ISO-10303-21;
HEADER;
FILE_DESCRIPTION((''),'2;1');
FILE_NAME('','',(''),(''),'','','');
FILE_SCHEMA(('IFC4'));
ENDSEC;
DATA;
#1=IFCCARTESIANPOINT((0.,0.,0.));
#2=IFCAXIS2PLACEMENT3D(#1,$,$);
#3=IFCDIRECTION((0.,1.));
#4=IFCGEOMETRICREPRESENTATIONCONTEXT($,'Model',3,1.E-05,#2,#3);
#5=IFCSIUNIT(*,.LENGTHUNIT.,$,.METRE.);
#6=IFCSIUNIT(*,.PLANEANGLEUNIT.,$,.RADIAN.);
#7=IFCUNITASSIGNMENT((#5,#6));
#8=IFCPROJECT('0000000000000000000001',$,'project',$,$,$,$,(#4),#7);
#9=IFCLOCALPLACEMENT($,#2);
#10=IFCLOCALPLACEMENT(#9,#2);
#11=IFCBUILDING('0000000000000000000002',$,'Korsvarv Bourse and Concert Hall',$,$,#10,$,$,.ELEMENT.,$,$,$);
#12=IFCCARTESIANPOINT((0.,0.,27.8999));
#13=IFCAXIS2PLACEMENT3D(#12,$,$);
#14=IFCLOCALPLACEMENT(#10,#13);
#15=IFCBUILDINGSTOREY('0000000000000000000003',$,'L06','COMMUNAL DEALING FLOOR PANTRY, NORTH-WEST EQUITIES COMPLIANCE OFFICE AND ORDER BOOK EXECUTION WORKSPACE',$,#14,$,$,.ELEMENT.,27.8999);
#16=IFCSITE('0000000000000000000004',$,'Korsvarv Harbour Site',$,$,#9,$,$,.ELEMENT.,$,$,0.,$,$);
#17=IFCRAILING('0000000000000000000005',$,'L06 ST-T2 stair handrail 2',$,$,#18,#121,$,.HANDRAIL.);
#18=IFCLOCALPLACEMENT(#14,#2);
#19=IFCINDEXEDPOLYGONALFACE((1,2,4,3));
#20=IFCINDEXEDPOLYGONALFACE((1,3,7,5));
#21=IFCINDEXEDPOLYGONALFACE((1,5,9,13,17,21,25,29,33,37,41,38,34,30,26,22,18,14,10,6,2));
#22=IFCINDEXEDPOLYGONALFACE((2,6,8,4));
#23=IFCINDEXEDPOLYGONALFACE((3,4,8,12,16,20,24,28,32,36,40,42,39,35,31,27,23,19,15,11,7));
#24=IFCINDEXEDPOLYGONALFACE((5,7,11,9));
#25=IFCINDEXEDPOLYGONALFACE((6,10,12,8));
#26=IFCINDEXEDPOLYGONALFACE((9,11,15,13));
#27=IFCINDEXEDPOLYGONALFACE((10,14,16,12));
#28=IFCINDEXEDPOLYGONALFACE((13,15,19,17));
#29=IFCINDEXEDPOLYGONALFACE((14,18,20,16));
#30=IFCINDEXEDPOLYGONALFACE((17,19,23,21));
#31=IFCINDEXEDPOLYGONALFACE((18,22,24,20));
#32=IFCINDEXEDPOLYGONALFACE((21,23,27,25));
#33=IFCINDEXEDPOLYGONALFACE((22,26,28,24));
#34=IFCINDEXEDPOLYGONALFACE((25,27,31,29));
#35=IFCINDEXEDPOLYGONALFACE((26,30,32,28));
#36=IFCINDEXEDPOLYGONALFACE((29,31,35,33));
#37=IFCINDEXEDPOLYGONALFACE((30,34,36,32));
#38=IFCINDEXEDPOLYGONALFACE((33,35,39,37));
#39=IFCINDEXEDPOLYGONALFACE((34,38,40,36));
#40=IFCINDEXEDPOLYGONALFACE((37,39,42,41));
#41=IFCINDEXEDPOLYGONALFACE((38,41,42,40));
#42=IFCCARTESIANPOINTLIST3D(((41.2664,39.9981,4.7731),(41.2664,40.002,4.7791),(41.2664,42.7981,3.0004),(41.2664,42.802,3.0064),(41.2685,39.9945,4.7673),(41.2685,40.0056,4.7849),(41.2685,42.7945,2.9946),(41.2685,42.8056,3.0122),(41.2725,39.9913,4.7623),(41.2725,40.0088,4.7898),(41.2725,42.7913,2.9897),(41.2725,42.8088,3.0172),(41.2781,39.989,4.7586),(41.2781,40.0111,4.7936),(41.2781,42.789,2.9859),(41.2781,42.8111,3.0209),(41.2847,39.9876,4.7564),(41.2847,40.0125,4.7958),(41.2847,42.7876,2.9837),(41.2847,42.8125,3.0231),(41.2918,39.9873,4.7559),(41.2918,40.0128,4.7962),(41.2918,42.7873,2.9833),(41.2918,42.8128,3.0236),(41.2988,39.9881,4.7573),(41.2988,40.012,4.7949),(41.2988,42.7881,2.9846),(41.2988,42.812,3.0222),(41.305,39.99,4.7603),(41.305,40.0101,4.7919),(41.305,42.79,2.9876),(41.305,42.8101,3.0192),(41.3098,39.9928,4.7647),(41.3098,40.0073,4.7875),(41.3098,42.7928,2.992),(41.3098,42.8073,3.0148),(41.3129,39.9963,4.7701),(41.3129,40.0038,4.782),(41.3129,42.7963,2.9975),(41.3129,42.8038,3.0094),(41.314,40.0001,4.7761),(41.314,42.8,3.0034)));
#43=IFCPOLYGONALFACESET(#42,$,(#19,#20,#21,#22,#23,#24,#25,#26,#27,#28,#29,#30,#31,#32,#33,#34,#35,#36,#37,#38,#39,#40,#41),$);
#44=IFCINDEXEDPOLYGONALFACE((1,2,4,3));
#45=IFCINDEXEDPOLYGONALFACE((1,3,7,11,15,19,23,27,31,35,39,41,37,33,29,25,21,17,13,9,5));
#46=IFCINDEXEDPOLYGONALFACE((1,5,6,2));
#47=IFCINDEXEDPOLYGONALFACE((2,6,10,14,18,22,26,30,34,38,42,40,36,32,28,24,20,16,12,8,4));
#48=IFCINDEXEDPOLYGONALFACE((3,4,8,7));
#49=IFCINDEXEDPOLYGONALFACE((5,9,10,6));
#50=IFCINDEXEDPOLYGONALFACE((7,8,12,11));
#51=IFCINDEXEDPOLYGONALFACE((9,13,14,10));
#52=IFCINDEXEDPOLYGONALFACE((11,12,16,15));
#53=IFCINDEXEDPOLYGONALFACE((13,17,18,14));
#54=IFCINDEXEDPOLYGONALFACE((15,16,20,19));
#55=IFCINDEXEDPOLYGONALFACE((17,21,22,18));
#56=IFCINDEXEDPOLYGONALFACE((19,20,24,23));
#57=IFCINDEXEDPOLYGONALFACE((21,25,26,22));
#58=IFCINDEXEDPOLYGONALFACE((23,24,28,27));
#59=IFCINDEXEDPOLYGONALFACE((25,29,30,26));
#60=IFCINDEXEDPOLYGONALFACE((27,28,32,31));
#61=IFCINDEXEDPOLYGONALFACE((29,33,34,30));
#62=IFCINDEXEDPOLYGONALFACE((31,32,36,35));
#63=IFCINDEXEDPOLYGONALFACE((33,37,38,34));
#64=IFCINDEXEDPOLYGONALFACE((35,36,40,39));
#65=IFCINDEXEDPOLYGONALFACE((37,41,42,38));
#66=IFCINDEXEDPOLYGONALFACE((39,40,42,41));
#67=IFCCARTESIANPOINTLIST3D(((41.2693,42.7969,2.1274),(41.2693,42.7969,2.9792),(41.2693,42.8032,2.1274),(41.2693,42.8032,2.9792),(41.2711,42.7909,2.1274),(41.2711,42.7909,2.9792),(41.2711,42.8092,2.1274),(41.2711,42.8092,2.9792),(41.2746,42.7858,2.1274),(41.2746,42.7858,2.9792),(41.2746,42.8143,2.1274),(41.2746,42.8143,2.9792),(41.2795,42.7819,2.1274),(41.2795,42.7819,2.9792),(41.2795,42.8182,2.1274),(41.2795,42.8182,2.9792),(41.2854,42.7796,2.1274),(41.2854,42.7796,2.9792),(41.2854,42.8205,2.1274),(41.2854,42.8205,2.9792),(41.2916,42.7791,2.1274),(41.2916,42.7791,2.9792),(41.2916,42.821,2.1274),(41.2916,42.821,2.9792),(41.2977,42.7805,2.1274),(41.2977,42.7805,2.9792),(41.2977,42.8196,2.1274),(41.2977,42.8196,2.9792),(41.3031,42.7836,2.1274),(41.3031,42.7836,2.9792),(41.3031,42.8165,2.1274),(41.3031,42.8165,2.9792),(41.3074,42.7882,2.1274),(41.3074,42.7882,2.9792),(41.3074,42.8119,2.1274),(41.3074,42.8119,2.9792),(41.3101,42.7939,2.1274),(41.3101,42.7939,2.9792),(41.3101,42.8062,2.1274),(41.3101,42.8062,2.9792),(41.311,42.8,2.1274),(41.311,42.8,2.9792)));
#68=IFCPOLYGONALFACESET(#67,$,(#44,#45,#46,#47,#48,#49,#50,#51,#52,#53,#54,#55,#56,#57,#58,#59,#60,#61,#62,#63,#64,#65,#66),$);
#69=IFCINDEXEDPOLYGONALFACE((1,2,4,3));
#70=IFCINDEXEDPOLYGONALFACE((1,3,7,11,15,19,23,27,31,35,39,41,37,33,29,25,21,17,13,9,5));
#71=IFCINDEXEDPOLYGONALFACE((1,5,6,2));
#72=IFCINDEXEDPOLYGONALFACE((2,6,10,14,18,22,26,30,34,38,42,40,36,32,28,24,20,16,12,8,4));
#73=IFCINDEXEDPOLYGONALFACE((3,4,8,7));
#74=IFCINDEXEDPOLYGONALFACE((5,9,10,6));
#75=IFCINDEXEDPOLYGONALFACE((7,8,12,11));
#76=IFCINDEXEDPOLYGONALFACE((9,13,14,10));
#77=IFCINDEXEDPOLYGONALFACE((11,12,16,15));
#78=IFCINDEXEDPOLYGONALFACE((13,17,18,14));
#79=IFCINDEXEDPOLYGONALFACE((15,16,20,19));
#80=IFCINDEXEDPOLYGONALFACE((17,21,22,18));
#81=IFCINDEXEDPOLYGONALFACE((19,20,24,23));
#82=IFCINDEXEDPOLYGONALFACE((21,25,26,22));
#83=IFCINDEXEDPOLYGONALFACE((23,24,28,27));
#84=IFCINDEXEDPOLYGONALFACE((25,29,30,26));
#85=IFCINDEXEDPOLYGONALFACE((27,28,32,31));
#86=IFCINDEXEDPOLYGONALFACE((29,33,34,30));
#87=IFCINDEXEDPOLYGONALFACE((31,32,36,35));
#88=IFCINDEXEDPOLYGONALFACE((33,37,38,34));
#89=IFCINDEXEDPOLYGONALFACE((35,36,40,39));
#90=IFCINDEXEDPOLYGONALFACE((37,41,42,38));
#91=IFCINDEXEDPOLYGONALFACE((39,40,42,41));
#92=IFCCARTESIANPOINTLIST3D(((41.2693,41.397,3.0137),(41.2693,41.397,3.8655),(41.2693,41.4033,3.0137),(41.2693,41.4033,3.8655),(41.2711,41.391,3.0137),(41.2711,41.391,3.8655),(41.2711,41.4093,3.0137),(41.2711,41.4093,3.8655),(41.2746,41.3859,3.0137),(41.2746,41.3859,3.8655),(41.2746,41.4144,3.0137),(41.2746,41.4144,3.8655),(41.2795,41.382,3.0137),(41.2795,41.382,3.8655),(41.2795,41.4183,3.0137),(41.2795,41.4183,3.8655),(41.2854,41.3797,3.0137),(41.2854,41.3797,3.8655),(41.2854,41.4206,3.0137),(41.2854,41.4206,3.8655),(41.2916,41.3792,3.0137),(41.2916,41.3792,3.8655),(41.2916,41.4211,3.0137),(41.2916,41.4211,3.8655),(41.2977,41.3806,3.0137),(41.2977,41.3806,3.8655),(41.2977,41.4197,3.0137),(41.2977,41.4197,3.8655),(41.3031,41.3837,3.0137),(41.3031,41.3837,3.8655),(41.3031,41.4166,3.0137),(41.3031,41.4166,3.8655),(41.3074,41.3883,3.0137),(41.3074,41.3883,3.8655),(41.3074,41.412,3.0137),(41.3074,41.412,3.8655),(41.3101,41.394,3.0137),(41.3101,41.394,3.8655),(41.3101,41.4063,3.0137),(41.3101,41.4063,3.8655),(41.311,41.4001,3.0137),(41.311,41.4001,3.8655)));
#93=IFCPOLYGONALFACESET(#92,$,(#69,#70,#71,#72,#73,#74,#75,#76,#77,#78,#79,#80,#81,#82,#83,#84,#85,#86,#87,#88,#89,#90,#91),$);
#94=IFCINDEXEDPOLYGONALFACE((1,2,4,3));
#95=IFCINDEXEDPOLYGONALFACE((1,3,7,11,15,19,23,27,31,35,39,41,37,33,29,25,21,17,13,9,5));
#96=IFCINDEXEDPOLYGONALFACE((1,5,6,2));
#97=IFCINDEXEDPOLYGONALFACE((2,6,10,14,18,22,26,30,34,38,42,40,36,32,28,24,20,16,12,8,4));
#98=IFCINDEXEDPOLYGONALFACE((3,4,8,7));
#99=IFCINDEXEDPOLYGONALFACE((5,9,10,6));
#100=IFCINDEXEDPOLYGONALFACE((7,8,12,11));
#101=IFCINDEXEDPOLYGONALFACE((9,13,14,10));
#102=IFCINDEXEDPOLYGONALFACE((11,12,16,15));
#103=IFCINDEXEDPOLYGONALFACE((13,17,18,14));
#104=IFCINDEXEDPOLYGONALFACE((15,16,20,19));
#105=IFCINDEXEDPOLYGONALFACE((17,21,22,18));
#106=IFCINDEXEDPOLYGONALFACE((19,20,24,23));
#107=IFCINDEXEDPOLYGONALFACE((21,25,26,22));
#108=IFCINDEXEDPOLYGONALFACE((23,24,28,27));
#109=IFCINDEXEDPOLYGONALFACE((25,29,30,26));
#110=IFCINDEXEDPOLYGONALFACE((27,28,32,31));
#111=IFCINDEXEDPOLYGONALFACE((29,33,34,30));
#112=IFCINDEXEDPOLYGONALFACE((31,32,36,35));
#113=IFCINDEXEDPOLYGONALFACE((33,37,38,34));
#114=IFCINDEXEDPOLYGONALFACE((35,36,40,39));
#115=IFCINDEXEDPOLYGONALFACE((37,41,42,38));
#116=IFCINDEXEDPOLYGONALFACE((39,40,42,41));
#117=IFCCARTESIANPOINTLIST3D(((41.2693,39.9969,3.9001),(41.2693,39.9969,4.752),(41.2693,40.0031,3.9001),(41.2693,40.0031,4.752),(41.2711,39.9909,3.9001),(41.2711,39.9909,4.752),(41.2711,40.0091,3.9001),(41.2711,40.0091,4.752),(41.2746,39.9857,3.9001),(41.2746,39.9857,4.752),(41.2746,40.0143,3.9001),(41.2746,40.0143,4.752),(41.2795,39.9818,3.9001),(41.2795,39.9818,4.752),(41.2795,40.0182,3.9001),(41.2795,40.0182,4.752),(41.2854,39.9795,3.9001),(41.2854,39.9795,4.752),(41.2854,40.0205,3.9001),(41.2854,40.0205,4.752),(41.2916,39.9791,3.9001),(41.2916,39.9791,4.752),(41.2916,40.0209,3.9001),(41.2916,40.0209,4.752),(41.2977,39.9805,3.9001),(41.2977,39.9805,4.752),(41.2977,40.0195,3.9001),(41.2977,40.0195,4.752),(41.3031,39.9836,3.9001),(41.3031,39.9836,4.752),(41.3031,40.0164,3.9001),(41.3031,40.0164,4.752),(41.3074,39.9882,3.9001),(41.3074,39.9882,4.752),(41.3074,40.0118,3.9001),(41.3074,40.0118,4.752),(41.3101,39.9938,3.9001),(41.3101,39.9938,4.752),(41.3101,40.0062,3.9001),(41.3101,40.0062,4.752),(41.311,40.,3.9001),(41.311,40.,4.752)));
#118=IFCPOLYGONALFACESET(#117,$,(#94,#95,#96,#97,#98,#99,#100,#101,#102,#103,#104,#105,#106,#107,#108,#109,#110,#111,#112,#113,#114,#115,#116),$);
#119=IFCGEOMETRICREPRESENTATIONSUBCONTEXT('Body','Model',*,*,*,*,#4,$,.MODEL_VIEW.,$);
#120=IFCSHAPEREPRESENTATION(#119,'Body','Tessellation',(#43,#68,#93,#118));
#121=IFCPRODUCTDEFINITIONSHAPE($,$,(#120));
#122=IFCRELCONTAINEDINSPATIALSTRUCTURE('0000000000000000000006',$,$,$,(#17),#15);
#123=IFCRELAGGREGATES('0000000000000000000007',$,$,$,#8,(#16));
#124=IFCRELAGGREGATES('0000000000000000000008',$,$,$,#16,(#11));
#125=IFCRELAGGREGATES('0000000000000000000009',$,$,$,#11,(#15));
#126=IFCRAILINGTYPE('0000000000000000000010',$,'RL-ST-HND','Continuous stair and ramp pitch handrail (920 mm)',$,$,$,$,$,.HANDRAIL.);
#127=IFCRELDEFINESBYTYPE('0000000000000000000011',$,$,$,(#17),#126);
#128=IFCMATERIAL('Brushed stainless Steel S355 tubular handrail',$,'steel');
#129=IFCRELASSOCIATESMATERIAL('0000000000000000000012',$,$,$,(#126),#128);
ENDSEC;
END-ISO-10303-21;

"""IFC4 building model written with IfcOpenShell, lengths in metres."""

from ifc_helpers import new_model, si_unit, direction, frame, origin, origin_2d, place, context, subcontext, project, spatial, circle, extrude, material, type_object, element, save


model = new_model("IFC4")

# Units and contexts
model_context = context("Model", 3, precision=1e-05, world=origin(), true_north=direction((0.0, 1.0)))
body_context = subcontext(model_context, "Body", "Model", "MODEL_VIEW")
ifc_project = project(units=[si_unit("LENGTHUNIT", "METRE"), si_unit("PLANEANGLEUNIT", "RADIAN")], contexts=[model_context])

# Site, building, storey
site_placement = place(None, origin())
site = spatial("IfcSite", under=ifc_project, at=site_placement, Name="Korsvarv Harbour Site", CompositionType="ELEMENT", RefElevation=0.0)
building_placement = place(site_placement, origin())
building = spatial("IfcBuilding", under=site, at=building_placement, Name="Korsvarv Bourse and Concert Hall", CompositionType="ELEMENT")
storey_placement = place(building_placement, frame((0.0, 0.0, 27.8999)))
storey = spatial("IfcBuildingStorey", under=building, at=storey_placement, Name="L06", Description="COMMUNAL DEALING FLOOR PANTRY, NORTH-WEST EQUITIES COMPLIANCE OFFICE AND ORDER BOOK EXECUTION WORKSPACE", CompositionType="ELEMENT", Elevation=27.8999)

# Railing
ifc_material_1 = material(Name="Brushed stainless Steel S355 tubular handrail", Category="steel")
railing_type = type_object("IfcRailingType", Name="RL-ST-HND", Description="Continuous stair and ramp pitch handrail (920 mm)", PredefinedType="HANDRAIL", material=ifc_material_1)
railing_placement = place(storey_placement, frame((41.29, 42.8, 2.1274)))
element("IfcRailing", 1, at=railing_placement, inside=storey, type_object=railing_type, Name="L06 ST-T2 stair handrail 2", PredefinedType="HANDRAIL", context=body_context, shape_type="SweptSolid", body=[
    extrude(circle(Radius=0.0239, at=origin_2d()), frame((0.0, 0.0, 0.876), z_axis=(0.0, -0.844909, 0.53491), x_axis=(1.0, 0.0, 0.0)), (0.0, 0.0, 1.0), 3.314),
    extrude(circle(Radius=0.021, at=origin_2d()), origin(), (0.0, 0.0, 1.0), 0.8518),
    extrude(circle(Radius=0.021, at=origin_2d()), frame((0.0, -1.3999, 0.8862)), (0.0, 0.0, 1.0), 0.8518),
    extrude(circle(Radius=0.021, at=origin_2d()), frame((0.0, -2.8, 1.7727)), (0.0, 0.0, 1.0), 0.8518),
])

save(model, "model.ifc")
